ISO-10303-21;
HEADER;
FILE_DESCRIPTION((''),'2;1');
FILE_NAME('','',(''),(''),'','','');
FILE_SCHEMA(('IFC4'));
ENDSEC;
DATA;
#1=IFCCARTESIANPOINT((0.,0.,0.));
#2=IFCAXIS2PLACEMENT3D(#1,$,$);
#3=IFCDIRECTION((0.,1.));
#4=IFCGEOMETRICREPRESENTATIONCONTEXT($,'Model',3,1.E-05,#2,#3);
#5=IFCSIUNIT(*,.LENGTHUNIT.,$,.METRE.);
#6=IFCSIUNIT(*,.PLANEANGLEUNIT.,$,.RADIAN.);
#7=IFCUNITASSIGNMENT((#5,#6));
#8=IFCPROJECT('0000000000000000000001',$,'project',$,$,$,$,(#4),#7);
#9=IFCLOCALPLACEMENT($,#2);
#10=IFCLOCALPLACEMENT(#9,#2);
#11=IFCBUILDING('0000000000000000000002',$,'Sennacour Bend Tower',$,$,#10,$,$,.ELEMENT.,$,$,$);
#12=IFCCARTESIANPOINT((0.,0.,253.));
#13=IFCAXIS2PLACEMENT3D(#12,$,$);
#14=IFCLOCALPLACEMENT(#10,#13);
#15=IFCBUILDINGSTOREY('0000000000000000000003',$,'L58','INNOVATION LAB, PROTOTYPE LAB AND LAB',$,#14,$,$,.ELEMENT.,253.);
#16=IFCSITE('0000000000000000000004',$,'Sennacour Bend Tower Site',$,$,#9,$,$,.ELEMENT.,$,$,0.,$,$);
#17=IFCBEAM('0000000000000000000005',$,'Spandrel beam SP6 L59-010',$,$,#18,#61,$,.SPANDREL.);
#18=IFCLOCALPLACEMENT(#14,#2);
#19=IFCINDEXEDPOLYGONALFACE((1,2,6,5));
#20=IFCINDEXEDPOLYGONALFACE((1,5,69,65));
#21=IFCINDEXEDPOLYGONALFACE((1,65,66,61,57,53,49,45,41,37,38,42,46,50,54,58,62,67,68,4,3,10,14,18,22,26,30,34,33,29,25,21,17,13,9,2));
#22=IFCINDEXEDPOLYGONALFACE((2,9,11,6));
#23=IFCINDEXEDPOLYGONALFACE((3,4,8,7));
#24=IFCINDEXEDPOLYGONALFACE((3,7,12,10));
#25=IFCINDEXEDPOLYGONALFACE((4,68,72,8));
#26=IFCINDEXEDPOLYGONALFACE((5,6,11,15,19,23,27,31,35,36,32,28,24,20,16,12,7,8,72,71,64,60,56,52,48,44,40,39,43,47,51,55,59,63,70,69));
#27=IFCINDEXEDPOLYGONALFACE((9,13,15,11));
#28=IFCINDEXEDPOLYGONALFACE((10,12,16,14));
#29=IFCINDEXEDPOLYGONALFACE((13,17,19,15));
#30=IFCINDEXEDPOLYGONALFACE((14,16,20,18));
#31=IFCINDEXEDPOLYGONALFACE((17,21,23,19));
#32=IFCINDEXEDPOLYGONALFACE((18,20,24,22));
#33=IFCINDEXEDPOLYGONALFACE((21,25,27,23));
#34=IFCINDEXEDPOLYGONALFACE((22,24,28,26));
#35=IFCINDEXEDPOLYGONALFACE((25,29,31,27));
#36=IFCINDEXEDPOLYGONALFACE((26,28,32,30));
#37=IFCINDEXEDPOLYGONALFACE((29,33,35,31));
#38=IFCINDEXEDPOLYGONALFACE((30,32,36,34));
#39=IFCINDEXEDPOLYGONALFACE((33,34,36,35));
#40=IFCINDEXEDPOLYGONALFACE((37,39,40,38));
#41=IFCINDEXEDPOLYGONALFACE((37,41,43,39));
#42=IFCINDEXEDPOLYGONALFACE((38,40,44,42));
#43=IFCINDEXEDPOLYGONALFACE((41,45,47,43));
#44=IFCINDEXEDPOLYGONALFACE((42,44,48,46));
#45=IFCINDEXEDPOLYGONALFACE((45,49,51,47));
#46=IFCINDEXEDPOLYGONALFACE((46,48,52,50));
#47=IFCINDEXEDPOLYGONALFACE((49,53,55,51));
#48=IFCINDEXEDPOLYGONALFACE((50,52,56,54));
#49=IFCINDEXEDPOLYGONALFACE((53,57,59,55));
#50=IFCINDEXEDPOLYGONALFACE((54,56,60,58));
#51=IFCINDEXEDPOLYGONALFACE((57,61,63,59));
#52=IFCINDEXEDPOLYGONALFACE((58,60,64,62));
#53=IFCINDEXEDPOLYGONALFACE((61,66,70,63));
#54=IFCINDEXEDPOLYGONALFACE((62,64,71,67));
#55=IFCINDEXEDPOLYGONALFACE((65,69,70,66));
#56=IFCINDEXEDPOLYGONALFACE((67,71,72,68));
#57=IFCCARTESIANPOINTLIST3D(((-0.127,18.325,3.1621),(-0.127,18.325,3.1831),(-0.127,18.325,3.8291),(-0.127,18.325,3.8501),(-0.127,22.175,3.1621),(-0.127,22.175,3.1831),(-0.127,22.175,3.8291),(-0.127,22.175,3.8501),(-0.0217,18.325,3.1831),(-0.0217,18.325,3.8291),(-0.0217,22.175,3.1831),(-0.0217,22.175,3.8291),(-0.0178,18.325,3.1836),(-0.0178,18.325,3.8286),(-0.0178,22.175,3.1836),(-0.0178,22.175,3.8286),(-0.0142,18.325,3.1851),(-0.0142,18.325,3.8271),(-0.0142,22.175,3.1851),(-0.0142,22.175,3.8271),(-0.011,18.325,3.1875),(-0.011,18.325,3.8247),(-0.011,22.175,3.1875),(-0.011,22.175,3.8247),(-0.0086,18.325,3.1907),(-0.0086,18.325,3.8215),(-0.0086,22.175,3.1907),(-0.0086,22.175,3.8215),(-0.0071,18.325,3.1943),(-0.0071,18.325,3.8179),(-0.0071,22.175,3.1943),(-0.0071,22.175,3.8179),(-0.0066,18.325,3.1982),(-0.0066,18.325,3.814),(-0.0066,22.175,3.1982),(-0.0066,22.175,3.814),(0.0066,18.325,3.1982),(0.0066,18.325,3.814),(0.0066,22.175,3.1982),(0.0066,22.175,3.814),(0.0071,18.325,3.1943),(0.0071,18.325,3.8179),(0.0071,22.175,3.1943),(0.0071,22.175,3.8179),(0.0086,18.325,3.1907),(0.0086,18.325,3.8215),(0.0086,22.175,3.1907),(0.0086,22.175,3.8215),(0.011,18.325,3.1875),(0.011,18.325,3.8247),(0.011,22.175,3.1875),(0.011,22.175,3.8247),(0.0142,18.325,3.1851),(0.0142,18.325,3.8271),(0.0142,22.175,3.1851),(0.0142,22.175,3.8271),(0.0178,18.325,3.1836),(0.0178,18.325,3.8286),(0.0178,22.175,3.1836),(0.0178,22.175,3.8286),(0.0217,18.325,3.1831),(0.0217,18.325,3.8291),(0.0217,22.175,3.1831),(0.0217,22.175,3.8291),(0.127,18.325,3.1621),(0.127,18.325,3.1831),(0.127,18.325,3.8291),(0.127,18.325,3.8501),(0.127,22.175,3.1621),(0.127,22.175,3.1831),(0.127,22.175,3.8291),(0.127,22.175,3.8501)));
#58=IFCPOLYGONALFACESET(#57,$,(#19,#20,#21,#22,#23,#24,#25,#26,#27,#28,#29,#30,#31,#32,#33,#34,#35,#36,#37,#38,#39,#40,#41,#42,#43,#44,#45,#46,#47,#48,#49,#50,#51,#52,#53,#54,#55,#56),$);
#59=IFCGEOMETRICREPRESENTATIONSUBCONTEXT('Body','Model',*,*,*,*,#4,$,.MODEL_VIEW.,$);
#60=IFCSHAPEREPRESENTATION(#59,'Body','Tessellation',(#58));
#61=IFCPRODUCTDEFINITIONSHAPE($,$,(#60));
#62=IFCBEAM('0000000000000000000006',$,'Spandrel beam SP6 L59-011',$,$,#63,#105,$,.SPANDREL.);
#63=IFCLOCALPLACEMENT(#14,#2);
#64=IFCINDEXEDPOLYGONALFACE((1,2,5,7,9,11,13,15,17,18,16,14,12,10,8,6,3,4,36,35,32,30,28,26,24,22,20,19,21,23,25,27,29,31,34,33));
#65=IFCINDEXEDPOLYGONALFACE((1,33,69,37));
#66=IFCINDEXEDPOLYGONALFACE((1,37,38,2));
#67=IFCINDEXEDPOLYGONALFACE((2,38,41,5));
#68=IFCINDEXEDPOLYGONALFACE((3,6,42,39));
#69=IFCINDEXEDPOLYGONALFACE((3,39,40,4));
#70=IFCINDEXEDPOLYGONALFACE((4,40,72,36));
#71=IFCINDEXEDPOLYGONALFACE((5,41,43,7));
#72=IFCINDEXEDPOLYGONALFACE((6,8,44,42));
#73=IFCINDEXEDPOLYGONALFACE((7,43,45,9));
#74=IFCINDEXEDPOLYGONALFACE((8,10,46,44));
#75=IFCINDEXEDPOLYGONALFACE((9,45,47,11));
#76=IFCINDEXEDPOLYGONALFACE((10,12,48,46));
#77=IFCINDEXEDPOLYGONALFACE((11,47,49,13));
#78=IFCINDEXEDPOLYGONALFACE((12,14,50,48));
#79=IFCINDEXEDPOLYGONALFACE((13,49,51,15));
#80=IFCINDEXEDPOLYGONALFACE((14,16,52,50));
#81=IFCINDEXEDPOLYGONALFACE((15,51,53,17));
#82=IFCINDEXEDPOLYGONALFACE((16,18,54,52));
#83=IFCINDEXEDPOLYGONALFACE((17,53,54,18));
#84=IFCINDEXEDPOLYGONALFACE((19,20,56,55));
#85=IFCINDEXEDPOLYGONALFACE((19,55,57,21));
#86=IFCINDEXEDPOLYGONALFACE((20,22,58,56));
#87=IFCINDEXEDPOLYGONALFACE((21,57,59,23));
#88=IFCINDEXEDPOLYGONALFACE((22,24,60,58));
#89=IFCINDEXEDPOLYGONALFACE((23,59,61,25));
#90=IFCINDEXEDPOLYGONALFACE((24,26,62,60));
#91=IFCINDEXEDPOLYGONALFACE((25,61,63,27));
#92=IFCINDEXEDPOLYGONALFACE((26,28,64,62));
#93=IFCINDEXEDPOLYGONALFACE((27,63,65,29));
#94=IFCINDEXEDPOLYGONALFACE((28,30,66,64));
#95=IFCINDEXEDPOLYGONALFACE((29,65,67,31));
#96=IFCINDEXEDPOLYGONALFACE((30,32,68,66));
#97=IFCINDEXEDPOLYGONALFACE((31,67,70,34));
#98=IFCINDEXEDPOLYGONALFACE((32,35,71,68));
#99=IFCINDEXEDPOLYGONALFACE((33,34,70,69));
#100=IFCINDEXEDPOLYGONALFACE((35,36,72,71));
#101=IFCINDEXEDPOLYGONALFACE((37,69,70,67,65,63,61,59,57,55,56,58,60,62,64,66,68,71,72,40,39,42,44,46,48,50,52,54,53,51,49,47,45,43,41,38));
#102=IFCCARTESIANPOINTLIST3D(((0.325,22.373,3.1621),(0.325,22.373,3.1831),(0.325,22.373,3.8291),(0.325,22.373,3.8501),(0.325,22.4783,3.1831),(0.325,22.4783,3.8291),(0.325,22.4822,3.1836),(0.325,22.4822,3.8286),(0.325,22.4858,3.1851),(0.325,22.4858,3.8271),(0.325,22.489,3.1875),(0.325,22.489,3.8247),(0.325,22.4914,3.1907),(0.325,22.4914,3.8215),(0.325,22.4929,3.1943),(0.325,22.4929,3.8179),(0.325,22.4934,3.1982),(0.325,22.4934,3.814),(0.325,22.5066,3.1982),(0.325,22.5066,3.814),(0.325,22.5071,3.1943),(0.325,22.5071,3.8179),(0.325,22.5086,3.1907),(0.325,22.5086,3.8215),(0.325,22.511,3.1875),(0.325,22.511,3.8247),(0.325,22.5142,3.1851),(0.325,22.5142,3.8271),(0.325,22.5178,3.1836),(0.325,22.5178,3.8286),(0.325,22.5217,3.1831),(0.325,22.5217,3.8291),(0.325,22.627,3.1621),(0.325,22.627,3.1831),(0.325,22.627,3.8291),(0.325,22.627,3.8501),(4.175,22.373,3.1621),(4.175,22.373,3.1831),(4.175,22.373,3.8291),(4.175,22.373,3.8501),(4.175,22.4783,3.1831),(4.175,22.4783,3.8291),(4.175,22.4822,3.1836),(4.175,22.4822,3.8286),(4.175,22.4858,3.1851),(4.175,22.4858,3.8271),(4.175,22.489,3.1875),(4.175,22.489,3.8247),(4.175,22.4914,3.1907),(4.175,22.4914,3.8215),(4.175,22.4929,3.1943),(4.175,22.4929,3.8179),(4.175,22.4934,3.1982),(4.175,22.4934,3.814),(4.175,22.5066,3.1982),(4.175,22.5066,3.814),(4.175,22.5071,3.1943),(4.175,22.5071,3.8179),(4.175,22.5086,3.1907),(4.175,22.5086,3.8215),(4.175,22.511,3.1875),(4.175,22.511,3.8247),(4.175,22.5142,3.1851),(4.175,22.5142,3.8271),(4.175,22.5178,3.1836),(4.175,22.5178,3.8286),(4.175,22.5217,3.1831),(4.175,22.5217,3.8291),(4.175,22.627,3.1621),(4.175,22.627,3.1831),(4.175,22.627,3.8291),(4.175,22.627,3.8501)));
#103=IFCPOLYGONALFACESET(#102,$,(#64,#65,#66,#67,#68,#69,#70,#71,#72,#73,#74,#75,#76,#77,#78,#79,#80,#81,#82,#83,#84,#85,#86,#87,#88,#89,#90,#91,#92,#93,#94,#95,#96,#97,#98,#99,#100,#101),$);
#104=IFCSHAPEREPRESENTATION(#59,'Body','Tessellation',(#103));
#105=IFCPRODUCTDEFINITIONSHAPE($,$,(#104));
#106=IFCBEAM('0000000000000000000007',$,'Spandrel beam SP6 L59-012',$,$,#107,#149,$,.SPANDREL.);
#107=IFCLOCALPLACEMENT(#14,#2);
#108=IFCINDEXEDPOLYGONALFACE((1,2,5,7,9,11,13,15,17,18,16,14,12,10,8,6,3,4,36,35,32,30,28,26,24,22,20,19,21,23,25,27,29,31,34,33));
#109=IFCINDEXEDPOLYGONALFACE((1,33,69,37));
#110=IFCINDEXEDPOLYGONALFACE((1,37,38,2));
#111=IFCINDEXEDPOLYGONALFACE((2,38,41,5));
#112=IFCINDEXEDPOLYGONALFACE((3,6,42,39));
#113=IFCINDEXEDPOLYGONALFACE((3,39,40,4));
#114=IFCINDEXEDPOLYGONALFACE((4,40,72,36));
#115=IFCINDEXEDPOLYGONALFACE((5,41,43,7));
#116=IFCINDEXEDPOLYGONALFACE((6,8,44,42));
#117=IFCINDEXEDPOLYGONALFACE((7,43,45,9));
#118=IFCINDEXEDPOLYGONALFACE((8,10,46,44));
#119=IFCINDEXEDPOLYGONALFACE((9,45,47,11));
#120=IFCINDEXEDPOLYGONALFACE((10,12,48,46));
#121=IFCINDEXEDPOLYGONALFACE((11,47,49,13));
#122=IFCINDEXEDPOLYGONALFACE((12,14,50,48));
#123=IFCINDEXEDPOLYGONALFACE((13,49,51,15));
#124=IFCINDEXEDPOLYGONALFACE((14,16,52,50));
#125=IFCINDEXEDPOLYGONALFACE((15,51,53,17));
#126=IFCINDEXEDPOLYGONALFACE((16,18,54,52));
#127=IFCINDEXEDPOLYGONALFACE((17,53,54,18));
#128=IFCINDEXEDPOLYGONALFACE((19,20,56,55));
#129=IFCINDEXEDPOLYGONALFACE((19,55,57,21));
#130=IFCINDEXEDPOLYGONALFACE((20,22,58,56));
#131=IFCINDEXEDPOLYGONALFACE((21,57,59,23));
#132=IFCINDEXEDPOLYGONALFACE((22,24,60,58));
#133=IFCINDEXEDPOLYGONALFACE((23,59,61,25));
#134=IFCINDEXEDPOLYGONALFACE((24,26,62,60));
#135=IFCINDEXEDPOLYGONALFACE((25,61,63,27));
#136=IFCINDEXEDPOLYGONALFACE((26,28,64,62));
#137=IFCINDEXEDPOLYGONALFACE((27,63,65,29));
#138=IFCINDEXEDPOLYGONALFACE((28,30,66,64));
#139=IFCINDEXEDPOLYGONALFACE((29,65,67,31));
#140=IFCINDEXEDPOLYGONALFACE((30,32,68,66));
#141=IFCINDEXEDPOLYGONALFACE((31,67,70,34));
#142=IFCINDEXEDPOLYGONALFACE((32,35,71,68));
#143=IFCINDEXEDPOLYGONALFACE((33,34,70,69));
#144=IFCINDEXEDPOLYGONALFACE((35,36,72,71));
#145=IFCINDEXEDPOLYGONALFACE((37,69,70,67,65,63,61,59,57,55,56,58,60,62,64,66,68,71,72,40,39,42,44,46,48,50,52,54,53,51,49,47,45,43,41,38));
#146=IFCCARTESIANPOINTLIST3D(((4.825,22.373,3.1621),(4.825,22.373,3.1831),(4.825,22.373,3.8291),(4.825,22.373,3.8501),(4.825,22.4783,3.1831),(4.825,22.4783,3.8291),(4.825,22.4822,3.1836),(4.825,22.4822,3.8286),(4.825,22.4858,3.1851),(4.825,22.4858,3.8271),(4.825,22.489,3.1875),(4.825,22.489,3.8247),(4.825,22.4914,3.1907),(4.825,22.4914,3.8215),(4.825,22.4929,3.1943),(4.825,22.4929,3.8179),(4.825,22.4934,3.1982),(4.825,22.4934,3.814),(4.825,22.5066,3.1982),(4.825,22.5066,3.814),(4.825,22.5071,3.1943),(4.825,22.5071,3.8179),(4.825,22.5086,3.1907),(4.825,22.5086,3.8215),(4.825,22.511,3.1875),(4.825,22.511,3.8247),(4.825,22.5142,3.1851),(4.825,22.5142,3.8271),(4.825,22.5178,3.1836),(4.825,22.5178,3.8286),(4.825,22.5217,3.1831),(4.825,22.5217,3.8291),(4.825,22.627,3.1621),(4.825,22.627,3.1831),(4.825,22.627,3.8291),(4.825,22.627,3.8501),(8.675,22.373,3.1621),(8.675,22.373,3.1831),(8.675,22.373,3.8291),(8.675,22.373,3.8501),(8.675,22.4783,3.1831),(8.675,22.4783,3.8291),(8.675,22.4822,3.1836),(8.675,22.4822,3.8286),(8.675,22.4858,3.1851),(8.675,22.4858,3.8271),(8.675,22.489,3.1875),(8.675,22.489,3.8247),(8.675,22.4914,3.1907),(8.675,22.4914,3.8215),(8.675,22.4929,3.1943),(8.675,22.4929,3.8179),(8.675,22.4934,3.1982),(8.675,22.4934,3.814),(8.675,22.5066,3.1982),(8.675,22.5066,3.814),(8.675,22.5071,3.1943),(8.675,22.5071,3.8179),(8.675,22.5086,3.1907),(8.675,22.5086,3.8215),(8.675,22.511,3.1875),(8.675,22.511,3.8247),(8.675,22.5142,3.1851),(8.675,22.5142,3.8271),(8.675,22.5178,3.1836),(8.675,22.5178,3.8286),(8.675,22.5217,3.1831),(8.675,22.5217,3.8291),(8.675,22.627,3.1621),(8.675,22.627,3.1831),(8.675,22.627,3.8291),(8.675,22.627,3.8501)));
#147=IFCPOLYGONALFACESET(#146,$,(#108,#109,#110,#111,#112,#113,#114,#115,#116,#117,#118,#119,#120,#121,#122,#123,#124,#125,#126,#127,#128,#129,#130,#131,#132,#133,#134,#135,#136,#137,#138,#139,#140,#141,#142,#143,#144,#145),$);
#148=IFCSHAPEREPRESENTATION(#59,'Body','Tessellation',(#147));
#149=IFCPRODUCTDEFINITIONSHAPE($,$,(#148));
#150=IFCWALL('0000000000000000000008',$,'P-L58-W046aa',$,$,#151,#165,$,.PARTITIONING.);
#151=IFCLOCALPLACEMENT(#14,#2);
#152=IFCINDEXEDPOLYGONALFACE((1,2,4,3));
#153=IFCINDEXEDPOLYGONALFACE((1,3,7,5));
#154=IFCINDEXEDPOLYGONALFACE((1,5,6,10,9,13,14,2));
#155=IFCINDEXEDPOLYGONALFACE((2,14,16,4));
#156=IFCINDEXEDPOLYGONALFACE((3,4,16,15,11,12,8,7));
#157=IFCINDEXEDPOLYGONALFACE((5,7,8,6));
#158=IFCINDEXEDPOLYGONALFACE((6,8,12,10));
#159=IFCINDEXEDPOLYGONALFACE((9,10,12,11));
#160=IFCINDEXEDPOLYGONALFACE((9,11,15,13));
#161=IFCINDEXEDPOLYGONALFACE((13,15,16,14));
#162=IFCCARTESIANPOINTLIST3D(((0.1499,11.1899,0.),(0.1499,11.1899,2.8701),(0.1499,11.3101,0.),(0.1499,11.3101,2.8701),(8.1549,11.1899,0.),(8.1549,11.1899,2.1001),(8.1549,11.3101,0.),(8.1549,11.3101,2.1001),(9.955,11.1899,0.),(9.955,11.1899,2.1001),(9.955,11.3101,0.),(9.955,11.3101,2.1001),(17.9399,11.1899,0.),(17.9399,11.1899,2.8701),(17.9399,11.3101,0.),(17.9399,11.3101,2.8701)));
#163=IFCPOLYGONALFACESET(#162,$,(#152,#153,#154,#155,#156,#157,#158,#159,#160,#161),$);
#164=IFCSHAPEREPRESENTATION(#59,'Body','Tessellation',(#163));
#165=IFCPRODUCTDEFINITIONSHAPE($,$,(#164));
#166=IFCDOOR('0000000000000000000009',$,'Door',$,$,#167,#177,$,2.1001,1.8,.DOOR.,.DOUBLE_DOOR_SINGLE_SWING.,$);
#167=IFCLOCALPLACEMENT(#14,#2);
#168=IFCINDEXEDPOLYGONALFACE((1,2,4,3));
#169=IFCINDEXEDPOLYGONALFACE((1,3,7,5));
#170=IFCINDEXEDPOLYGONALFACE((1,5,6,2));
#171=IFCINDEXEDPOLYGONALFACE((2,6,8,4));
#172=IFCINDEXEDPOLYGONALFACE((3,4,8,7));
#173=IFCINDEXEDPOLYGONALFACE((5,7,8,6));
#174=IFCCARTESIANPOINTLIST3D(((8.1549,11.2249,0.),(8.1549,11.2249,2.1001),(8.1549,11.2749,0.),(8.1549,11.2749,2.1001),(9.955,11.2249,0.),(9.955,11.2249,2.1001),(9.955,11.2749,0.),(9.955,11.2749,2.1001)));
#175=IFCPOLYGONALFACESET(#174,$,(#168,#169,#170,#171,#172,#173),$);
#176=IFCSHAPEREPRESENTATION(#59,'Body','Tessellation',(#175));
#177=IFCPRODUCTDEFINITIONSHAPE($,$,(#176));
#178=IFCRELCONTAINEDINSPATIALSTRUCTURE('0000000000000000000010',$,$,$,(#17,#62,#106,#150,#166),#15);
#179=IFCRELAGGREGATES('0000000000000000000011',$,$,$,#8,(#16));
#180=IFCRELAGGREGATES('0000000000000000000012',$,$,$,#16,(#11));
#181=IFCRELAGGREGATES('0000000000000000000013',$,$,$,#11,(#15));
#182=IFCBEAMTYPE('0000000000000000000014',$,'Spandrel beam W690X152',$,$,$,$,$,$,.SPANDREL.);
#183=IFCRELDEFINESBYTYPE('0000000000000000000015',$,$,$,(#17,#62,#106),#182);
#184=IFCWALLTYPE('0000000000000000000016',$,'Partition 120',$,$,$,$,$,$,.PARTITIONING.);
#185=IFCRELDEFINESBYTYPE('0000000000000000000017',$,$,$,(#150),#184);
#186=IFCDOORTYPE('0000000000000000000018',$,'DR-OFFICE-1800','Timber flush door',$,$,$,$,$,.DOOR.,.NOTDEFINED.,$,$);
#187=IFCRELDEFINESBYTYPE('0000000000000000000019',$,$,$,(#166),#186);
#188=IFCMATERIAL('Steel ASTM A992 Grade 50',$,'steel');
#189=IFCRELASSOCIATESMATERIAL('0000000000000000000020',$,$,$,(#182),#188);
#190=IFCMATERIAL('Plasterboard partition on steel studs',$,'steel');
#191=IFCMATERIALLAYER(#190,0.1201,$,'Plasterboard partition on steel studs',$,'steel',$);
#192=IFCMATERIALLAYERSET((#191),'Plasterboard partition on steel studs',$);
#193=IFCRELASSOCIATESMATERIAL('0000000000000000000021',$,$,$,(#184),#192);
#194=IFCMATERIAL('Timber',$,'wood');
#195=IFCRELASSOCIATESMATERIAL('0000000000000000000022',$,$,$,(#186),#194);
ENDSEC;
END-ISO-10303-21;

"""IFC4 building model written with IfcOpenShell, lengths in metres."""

from ifc_helpers import new_model, si_unit, direction, frame, frame_2d, origin, origin_2d, place, context, subcontext, project, spatial, rectangle, i_section, extrude, material, layer, layer_set, material_profile, profile_set, type_object, element, fill, save


model = new_model("IFC4")

# Units and contexts
model_context = context("Model", 3, precision=1e-05, world=origin(), true_north=direction((0.0, 1.0)))
body_context = subcontext(model_context, "Body", "Model", "MODEL_VIEW")
ifc_project = project(units=[si_unit("LENGTHUNIT", "METRE"), si_unit("PLANEANGLEUNIT", "RADIAN")], contexts=[model_context])

# Site, building, storey
site_placement = place(None, origin())
site = spatial("IfcSite", under=ifc_project, at=site_placement, Name="Sennacour Bend Tower Site", CompositionType="ELEMENT", RefElevation=0.0)
building_placement = place(site_placement, origin())
building = spatial("IfcBuilding", under=site, at=building_placement, Name="Sennacour Bend Tower", CompositionType="ELEMENT")
storey_placement = place(building_placement, frame((0.0, 0.0, 253.0)))
storey = spatial("IfcBuildingStorey", under=building, at=storey_placement, Name="L58", Description="INNOVATION LAB, PROTOTYPE LAB AND LAB", CompositionType="ELEMENT", Elevation=253.0)

# Beams
ifc_material_1 = material(Name="Steel ASTM A992 Grade 50", Category="steel")
ifc_material_profile_1 = material_profile(ifc_material_1, i_section(OverallWidth=0.2539, OverallDepth=0.688, WebThickness=0.0132, FlangeThickness=0.021, FilletRadius=0.0151, at=origin_2d()), Name="Steel ASTM A992 Grade 50", Category="steel")
ifc_profile_set_1 = profile_set([ifc_material_profile_1], Name="Steel ASTM A992 Grade 50")
beam_type = type_object("IfcBeamType", Name="Spandrel beam W690X152", PredefinedType="SPANDREL", material=ifc_profile_set_1)
for number, where, z_axis, x_axis, name in (
    (1, (0.0, 18.325, 3.5061), (0.0, 1.0, 0.0), (-1.0, 0.0, 0.0), "Spandrel beam SP6 L59-010"),
    (2, (0.325, 22.5, 3.5061), (1.0, 0.0, 0.0), (0.0, 1.0, 0.0), "Spandrel beam SP6 L59-011"),
    (3, (4.825, 22.5, 3.5061), (1.0, 0.0, 0.0), (0.0, 1.0, 0.0), "Spandrel beam SP6 L59-012"),
):
    element("IfcBeam", number, at=place(storey_placement, frame(where, z_axis=z_axis, x_axis=x_axis)), inside=storey, type_object=beam_type, Name=name, PredefinedType="SPANDREL", context=body_context, shape_type="SweptSolid", body=[
        extrude(i_section(OverallWidth=0.2539, OverallDepth=0.688, WebThickness=0.0132, FlangeThickness=0.021, FilletRadius=0.0151, at=origin_2d()), origin(), (0.0, 0.0, 1.0), 3.8501),
    ])

# Wall, opening, door
ifc_material_2 = material(Name="Plasterboard partition on steel studs", Category="steel")
ifc_layer_1 = layer(ifc_material_2, 0.1201, Name="Plasterboard partition on steel studs", Category="steel")
ifc_layer_set_1 = layer_set([ifc_layer_1], Name="Plasterboard partition on steel studs")
wall_type_1 = type_object("IfcWallType", Name="Partition 120", PredefinedType="PARTITIONING", material=ifc_layer_set_1)
wall_1_placement = place(storey_placement, frame((0.1499, 11.25, 0.0), z_axis=(0.0, 0.0, 1.0), x_axis=(1.0, 0.0, 0.0)))
wall_1 = element("IfcWall", 4, at=wall_1_placement, inside=storey, type_object=wall_type_1, Name="P-L58-W046aa", PredefinedType="PARTITIONING", context=body_context, shape_type="SweptSolid", body=[
    extrude(rectangle(XDim=17.79, YDim=0.1201, at=frame_2d((8.895, 0.0))), origin(), (0.0, 0.0, 1.0), 2.8701),
])
opening_1_placement = place(wall_1_placement, frame((8.0051, 0.0, 0.0)))
opening_1 = element("IfcOpeningElement", 5, at=opening_1_placement, cuts=wall_1, PredefinedType="OPENING", context=body_context, shape_type="SweptSolid", body=[
    extrude(rectangle(XDim=1.8, YDim=2.1001, at=frame_2d((0.8999, 1.05))), frame((0.0, 0.0701, 0.0), z_axis=(0.0, -1.0, 0.0), x_axis=(1.0, 0.0, 0.0)), (0.0, 0.0, 1.0), 0.1401),
])
ifc_material_3 = material(Name="Timber", Category="wood")
door_type = type_object("IfcDoorType", Name="DR-OFFICE-1800", Description="Timber flush door", OperationType="NOTDEFINED", PredefinedType="DOOR", material=ifc_material_3)
door_placement = place(opening_1_placement, origin())
door = element("IfcDoor", 6, at=door_placement, inside=storey, type_object=door_type, Name="Door", OperationType="DOUBLE_DOOR_SINGLE_SWING", OverallHeight=2.1001, OverallWidth=1.8, PredefinedType="DOOR", context=body_context, shape_type="SweptSolid", body=[
    extrude(rectangle(XDim=1.8, YDim=2.1001, at=frame_2d((0.8999, 1.05))), frame((0.0, 0.0249, 0.0), z_axis=(0.0, -1.0, 0.0), x_axis=(1.0, 0.0, 0.0)), (0.0, 0.0, 1.0), 0.05),
])
fill(opening_1, door)

save(model, "model.ifc")
